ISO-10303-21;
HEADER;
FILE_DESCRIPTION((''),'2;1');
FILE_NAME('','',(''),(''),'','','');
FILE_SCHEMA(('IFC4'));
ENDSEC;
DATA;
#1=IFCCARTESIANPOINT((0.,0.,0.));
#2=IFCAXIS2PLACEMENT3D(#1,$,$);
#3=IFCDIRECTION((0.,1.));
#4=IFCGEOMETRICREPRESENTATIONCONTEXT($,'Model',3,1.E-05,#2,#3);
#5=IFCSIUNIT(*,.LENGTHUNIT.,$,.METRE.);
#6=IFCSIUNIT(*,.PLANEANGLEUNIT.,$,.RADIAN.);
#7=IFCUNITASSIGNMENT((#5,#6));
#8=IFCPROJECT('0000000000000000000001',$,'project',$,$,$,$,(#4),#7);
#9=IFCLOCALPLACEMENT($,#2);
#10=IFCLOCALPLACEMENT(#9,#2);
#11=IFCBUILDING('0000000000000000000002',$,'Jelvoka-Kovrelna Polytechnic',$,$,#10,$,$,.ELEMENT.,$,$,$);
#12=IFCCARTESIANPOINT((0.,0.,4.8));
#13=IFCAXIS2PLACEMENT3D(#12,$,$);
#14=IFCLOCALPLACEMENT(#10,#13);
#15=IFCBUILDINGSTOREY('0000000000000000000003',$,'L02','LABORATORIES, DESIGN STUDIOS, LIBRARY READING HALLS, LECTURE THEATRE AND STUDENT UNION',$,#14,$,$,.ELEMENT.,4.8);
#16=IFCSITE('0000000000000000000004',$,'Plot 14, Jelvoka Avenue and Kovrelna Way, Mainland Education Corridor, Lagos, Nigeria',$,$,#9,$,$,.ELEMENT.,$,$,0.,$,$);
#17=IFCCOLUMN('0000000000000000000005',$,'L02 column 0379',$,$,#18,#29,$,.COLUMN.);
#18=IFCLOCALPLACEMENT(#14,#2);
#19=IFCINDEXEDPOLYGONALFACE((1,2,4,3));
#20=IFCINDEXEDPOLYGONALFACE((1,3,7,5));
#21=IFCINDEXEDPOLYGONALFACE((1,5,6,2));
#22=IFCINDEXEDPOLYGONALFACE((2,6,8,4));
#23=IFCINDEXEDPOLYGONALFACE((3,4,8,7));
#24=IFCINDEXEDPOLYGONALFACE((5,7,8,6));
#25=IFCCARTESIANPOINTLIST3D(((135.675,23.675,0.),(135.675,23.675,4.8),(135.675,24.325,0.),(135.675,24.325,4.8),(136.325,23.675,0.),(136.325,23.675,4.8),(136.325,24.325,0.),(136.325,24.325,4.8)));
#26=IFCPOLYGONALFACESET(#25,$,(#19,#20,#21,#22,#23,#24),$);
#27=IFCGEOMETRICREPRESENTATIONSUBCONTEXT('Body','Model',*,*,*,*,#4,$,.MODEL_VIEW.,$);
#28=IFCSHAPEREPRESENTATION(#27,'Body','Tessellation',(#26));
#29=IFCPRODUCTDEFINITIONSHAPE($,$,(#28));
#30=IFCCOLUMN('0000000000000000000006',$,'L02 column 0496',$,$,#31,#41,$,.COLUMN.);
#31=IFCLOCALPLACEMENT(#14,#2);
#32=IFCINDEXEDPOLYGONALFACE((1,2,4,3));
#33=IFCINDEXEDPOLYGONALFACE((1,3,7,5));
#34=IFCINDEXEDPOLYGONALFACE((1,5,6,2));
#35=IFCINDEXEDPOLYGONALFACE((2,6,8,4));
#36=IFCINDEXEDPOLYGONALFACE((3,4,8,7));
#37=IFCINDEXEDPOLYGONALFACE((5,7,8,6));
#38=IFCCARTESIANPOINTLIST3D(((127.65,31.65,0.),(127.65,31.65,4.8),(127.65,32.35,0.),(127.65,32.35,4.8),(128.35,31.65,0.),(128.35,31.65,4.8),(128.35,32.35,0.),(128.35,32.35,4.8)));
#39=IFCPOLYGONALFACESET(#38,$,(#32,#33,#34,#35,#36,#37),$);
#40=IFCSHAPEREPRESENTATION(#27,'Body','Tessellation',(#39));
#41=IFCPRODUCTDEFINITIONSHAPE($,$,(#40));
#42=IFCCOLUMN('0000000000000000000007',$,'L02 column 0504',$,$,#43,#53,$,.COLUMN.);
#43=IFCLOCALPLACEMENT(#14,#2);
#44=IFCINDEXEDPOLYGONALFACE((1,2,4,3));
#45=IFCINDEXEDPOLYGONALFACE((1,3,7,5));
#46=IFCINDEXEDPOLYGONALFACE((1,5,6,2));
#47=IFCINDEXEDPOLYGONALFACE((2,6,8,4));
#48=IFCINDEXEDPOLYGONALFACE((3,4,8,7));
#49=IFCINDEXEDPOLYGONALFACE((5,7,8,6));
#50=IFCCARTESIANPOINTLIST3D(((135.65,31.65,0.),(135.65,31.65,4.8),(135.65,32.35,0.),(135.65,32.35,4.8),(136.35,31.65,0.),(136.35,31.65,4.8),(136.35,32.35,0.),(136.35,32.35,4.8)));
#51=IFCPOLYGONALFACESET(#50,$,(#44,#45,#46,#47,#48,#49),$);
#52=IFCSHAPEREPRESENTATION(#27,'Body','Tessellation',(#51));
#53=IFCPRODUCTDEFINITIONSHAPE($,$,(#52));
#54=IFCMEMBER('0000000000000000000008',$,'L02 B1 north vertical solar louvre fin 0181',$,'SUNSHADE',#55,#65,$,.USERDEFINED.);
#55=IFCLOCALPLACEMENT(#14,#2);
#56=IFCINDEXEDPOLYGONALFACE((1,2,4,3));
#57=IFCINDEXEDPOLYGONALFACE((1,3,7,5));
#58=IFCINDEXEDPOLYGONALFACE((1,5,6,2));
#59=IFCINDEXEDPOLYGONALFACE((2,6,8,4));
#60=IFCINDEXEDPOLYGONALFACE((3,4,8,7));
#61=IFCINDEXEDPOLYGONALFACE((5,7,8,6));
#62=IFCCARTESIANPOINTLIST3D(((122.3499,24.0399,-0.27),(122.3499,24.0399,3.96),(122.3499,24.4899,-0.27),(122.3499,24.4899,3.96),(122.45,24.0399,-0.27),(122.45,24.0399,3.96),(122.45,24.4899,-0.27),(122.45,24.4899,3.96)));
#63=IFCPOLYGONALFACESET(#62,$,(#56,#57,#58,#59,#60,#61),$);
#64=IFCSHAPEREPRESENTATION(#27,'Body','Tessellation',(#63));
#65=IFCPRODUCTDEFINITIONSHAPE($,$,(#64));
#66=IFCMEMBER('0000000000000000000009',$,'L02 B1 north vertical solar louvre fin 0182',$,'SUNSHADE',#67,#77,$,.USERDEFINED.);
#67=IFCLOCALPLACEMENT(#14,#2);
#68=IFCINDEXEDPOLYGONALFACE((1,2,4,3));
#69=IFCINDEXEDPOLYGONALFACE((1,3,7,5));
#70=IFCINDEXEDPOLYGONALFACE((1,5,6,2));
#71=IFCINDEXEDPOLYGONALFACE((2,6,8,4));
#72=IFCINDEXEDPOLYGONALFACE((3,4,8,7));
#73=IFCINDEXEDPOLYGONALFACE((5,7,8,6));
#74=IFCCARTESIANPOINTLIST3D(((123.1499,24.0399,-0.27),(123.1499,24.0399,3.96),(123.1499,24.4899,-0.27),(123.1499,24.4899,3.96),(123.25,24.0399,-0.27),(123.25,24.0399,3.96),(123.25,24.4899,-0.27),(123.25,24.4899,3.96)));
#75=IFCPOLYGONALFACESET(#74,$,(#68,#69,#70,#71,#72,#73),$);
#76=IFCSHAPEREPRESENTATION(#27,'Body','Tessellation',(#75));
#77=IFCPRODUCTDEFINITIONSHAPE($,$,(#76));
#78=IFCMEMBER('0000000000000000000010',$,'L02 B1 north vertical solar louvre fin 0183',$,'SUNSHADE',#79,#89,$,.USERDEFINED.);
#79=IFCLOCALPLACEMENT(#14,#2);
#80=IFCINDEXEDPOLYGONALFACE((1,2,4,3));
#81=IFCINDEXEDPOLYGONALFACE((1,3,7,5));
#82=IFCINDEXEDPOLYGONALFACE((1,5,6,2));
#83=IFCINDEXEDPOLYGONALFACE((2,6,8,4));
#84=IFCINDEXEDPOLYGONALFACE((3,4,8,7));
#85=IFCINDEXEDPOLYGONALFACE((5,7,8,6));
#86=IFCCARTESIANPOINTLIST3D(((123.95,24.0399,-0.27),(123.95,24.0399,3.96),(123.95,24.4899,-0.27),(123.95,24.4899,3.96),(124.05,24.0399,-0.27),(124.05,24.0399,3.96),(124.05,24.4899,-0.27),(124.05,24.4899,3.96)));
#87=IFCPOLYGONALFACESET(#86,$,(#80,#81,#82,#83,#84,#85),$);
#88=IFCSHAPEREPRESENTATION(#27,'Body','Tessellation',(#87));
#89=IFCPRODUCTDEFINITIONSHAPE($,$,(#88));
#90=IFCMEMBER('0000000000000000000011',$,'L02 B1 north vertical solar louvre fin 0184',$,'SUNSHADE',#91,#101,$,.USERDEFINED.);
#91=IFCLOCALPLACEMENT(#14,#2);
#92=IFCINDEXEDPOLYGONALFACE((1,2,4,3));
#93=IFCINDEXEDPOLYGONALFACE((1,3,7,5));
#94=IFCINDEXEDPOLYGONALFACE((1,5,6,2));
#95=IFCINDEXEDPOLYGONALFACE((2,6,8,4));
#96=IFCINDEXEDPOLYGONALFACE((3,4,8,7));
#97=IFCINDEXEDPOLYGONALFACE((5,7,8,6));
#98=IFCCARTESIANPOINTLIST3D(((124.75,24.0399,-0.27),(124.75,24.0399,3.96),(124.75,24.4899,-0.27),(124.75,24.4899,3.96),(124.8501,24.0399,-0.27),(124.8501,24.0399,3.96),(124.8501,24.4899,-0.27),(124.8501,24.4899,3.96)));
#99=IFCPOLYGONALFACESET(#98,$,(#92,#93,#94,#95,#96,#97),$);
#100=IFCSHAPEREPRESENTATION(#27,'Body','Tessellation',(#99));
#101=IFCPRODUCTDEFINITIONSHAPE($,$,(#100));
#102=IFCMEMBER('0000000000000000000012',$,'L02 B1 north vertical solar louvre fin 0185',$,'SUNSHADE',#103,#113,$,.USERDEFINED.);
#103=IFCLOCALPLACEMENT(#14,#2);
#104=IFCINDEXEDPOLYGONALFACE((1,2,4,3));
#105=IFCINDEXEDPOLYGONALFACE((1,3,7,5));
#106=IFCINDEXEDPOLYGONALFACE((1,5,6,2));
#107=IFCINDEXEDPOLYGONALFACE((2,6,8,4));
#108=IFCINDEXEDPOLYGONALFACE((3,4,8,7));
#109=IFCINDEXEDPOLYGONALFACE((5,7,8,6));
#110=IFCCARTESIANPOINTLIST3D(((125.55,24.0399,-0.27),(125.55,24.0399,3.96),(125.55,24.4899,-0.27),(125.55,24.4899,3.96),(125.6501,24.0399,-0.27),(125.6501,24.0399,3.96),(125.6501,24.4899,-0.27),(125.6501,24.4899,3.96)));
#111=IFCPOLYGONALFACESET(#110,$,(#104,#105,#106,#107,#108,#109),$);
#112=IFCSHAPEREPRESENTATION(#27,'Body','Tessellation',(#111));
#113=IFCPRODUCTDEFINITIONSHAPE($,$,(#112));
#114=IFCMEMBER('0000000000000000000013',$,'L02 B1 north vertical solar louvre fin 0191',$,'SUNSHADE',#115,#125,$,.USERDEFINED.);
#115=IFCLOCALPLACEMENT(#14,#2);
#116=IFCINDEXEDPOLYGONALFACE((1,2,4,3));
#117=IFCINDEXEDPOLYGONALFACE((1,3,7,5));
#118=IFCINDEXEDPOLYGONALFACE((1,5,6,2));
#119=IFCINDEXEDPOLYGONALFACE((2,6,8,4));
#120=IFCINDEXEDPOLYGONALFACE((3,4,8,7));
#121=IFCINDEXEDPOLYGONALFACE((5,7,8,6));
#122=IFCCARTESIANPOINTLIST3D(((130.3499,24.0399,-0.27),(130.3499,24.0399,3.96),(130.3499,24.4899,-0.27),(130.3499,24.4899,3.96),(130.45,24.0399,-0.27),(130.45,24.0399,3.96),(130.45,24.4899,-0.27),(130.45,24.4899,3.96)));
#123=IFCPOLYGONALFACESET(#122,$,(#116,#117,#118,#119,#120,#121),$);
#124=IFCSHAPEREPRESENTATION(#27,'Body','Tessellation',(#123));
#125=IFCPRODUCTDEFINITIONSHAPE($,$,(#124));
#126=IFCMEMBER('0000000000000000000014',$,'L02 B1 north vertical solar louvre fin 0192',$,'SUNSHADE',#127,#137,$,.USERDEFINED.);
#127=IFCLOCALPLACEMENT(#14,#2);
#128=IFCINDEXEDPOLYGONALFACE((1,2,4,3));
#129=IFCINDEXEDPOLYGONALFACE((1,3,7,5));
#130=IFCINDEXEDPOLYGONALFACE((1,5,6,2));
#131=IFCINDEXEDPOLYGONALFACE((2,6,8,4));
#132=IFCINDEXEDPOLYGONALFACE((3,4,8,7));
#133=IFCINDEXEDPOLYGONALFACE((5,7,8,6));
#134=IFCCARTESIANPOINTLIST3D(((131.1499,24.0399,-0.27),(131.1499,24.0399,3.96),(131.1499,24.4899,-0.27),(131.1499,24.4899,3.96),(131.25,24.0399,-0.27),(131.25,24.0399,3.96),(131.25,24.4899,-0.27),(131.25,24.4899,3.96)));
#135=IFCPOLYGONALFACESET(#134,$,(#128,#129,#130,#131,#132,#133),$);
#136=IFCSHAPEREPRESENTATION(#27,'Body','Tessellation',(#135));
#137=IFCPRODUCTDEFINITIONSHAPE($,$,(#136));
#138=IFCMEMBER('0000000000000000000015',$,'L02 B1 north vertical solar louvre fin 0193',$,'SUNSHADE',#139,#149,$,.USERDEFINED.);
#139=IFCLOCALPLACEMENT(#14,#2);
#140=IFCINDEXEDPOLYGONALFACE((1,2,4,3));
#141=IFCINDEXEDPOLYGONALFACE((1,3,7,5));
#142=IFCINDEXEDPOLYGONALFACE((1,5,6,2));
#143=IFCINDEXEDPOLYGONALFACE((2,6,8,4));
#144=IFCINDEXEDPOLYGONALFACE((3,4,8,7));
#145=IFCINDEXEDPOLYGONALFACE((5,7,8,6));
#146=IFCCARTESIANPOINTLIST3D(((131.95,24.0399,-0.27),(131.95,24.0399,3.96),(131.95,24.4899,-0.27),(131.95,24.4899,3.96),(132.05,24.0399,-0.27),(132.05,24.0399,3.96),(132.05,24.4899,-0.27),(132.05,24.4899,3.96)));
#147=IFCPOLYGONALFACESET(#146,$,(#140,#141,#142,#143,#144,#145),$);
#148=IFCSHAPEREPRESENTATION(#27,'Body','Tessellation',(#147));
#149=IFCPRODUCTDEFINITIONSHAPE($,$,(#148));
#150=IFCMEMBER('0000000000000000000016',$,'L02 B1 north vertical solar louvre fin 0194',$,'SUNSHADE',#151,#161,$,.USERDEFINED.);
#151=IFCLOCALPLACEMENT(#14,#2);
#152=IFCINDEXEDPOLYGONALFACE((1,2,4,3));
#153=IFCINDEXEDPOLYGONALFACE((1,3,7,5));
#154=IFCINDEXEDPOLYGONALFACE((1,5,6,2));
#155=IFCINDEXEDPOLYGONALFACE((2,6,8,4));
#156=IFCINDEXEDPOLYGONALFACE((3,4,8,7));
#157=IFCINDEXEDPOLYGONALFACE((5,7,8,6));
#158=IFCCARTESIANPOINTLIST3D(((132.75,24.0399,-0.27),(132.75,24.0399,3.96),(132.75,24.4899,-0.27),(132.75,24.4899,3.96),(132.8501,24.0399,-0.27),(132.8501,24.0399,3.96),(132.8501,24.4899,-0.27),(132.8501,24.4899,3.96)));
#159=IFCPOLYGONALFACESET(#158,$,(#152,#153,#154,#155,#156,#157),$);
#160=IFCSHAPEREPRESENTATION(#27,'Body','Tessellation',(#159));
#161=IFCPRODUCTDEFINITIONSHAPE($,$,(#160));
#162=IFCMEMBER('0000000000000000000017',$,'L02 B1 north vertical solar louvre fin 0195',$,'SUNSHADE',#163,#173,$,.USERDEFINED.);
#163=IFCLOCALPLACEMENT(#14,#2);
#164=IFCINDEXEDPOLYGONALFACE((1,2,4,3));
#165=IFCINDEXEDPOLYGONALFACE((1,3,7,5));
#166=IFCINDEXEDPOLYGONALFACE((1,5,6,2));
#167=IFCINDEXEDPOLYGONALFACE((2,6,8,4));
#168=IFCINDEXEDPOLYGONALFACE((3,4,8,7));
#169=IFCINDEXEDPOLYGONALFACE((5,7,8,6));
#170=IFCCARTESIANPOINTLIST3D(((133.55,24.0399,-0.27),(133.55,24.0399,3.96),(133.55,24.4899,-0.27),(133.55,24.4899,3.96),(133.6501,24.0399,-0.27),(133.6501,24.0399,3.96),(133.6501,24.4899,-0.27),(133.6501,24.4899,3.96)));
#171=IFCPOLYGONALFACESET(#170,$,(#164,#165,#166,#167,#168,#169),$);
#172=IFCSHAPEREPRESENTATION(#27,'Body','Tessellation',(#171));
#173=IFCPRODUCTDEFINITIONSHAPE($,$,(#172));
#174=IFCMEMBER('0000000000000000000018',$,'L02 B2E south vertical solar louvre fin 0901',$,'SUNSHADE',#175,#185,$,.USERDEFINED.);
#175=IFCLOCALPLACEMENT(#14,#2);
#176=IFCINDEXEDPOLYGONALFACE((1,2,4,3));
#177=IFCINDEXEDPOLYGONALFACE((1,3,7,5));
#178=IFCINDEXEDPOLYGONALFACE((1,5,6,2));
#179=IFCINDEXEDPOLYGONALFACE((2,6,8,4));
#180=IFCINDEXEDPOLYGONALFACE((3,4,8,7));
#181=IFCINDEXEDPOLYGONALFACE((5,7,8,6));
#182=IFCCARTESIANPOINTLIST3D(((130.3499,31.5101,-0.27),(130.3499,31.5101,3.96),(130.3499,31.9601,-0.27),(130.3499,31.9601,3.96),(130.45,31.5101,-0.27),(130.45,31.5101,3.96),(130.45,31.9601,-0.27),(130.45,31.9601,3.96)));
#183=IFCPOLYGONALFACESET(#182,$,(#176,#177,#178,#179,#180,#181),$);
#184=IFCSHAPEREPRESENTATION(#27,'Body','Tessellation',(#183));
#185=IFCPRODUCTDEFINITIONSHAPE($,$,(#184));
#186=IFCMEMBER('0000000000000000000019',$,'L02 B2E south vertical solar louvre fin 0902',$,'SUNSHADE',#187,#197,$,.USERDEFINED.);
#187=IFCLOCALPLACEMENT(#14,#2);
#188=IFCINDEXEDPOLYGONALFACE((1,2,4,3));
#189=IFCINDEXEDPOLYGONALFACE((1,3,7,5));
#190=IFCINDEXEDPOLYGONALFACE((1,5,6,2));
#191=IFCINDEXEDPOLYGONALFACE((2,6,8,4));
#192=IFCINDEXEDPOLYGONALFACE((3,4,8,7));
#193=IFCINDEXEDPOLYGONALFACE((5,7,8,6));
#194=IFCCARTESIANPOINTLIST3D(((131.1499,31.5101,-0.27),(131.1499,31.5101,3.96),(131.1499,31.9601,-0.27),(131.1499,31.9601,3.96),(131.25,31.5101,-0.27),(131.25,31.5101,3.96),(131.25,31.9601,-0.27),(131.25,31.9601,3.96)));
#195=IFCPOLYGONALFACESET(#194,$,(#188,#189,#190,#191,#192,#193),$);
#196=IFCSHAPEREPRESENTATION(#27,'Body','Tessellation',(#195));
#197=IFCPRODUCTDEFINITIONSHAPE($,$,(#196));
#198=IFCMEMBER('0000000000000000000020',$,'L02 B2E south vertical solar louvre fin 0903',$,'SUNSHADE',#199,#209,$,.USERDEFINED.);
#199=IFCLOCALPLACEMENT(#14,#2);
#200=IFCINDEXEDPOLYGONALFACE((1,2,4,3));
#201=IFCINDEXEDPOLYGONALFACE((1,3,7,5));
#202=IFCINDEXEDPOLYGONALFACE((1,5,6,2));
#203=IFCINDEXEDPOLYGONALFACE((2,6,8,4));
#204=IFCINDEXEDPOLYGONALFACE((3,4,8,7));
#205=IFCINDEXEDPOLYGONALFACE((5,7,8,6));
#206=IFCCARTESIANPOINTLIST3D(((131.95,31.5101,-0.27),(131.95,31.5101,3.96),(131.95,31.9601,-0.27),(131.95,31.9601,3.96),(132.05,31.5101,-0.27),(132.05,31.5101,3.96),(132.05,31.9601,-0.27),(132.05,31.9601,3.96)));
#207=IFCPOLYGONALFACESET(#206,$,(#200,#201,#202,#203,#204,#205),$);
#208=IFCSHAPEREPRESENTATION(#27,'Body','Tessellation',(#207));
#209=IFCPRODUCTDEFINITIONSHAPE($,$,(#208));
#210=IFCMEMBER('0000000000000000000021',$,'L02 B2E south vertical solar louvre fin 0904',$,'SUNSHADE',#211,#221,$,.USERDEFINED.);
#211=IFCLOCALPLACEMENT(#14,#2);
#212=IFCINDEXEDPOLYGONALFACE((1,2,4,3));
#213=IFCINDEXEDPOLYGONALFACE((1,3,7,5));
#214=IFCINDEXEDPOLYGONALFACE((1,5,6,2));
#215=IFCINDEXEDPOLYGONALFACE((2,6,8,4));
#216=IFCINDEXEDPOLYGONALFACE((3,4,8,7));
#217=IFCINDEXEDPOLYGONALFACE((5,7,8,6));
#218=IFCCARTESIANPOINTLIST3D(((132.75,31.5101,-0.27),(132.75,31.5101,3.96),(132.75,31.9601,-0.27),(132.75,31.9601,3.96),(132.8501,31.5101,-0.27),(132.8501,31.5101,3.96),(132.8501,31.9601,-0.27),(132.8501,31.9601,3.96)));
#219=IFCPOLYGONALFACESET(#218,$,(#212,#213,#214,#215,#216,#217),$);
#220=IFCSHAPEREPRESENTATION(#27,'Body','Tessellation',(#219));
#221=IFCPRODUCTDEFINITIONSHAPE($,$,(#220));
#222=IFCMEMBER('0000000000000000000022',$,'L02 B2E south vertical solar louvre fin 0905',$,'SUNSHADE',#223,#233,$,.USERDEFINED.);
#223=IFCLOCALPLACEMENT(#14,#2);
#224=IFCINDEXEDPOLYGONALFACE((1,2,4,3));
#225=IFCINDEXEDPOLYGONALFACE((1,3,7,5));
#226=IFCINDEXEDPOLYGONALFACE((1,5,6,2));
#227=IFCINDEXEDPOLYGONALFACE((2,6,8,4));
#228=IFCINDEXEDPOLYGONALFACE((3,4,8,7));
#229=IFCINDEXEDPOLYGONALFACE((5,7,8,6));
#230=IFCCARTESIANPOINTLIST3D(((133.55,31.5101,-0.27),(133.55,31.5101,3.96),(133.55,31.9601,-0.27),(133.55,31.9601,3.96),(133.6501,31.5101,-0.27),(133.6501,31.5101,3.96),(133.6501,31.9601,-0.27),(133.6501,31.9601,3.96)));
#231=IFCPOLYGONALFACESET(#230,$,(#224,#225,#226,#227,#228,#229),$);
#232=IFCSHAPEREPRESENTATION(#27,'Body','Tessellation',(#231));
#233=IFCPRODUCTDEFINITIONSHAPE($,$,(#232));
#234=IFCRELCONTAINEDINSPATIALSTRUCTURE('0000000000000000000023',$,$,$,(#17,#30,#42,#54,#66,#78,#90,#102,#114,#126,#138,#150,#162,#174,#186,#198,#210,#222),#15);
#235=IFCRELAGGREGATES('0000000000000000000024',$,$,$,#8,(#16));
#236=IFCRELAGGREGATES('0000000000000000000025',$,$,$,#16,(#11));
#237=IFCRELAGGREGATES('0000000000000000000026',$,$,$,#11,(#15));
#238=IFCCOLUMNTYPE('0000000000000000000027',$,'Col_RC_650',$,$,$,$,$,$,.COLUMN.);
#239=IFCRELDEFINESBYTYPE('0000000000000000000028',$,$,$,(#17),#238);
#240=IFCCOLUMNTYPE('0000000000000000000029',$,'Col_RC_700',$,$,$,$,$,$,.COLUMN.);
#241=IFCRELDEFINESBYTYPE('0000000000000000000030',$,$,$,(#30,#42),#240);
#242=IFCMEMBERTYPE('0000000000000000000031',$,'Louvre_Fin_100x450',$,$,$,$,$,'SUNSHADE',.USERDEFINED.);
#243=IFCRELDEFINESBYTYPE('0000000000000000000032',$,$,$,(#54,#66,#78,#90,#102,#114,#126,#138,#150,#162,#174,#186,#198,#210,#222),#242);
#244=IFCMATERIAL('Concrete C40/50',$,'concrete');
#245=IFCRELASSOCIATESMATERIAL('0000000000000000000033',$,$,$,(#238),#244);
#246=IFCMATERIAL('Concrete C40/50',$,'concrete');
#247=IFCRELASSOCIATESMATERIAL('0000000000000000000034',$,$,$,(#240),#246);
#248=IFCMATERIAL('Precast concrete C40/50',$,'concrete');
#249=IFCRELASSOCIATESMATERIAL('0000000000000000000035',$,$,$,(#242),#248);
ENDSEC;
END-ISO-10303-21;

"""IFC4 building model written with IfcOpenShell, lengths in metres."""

from ifc_helpers import new_model, si_unit, direction, frame, origin, origin_2d, place, context, subcontext, project, spatial, rectangle, extrude, material, material_profile, profile_set, type_object, element, save


model = new_model("IFC4")

# Units and contexts
model_context = context("Model", 3, precision=1e-05, world=origin(), true_north=direction((0.0, 1.0)))
body_context = subcontext(model_context, "Body", "Model", "MODEL_VIEW")
ifc_project = project(units=[si_unit("LENGTHUNIT", "METRE"), si_unit("PLANEANGLEUNIT", "RADIAN")], contexts=[model_context])

# Site, building, storey
site_placement = place(None, origin())
site = spatial("IfcSite", under=ifc_project, at=site_placement, Name="Plot 14, Jelvoka Avenue and Kovrelna Way, Mainland Education Corridor, Lagos, Nigeria", CompositionType="ELEMENT", RefElevation=0.0)
building_placement = place(site_placement, origin())
building = spatial("IfcBuilding", under=site, at=building_placement, Name="Jelvoka-Kovrelna Polytechnic", CompositionType="ELEMENT")
storey_placement = place(building_placement, frame((0.0, 0.0, 4.8)))
storey = spatial("IfcBuildingStorey", under=building, at=storey_placement, Name="L02", Description="LABORATORIES, DESIGN STUDIOS, LIBRARY READING HALLS, LECTURE THEATRE AND STUDENT UNION", CompositionType="ELEMENT", Elevation=4.8)

# Columns
ifc_material_1 = material(Name="Concrete C40/50", Category="concrete")
ifc_material_profile_1 = material_profile(ifc_material_1, rectangle(XDim=0.6499, YDim=0.6499, at=origin_2d()), Name="RC 650x650")
ifc_profile_set_1 = profile_set([ifc_material_profile_1], Name="Concrete C40/50")
column_type_1 = type_object("IfcColumnType", Name="Col_RC_650", PredefinedType="COLUMN", material=ifc_profile_set_1)
column_placement = place(storey_placement, frame((136.0, 24.0, 0.0), z_axis=(0.0, 0.0, 1.0), x_axis=(1.0, 0.0, 0.0)))
element("IfcColumn", 1, at=column_placement, inside=storey, type_object=column_type_1, Name="L02 column 0379", PredefinedType="COLUMN", context=body_context, shape_type="SweptSolid", body=[
    extrude(rectangle(XDim=0.6499, YDim=0.6499, at=origin_2d()), origin(), (0.0, 0.0, 1.0), 4.8),
])
ifc_material_2 = material(Name="Concrete C40/50", Category="concrete")
ifc_material_profile_2 = material_profile(ifc_material_2, rectangle(XDim=0.7, YDim=0.7, at=origin_2d()), Name="RC 700x700")
ifc_profile_set_2 = profile_set([ifc_material_profile_2], Name="Concrete C40/50")
column_type_2 = type_object("IfcColumnType", Name="Col_RC_700", PredefinedType="COLUMN", material=ifc_profile_set_2)
for number, where, z_axis, x_axis, name in (
    (2, (128.0, 32.0, 0.0), (0.0, 0.0, 1.0), (1.0, 0.0, 0.0), "L02 column 0496"),
    (3, (136.0, 32.0, 0.0), (0.0, 0.0, 1.0), (1.0, 0.0, 0.0), "L02 column 0504"),
):
    element("IfcColumn", number, at=place(storey_placement, frame(where, z_axis=z_axis, x_axis=x_axis)), inside=storey, type_object=column_type_2, Name=name, PredefinedType="COLUMN", context=body_context, shape_type="SweptSolid", body=[
        extrude(rectangle(XDim=0.7, YDim=0.7, at=origin_2d()), origin(), (0.0, 0.0, 1.0), 4.8),
    ])

# Members
ifc_material_3 = material(Name="Precast concrete C40/50", Category="concrete")
ifc_material_profile_3 = material_profile(ifc_material_3, rectangle(XDim=0.1001, YDim=0.45, at=origin_2d()), Name="PC 100x450")
ifc_profile_set_3 = profile_set([ifc_material_profile_3], Name="Precast concrete C40/50")
member_type_1 = type_object("IfcMemberType", Name="Louvre_Fin_100x450", ElementType="SUNSHADE", PredefinedType="USERDEFINED", material=ifc_profile_set_3)
for number, where, z_axis, x_axis, name in (
    (4, (122.3999, 24.2649, -0.27), (0.0, 0.0, 1.0), (1.0, 0.0, 0.0), "L02 B1 north vertical solar louvre fin 0181"),
    (5, (123.2, 24.2649, -0.27), (0.0, 0.0, 1.0), (1.0, 0.0, 0.0), "L02 B1 north vertical solar louvre fin 0182"),
    (6, (124.0, 24.2649, -0.27), (0.0, 0.0, 1.0), (1.0, 0.0, 0.0), "L02 B1 north vertical solar louvre fin 0183"),
    (7, (124.8, 24.2649, -0.27), (0.0, 0.0, 1.0), (1.0, 0.0, 0.0), "L02 B1 north vertical solar louvre fin 0184"),
    (8, (125.6001, 24.2649, -0.27), (0.0, 0.0, 1.0), (1.0, 0.0, 0.0), "L02 B1 north vertical solar louvre fin 0185"),
    (9, (130.3999, 24.2649, -0.27), (0.0, 0.0, 1.0), (1.0, 0.0, 0.0), "L02 B1 north vertical solar louvre fin 0191"),
    (10, (131.2, 24.2649, -0.27), (0.0, 0.0, 1.0), (1.0, 0.0, 0.0), "L02 B1 north vertical solar louvre fin 0192"),
    (11, (132.0, 24.2649, -0.27), (0.0, 0.0, 1.0), (1.0, 0.0, 0.0), "L02 B1 north vertical solar louvre fin 0193"),
    (12, (132.8, 24.2649, -0.27), (0.0, 0.0, 1.0), (1.0, 0.0, 0.0), "L02 B1 north vertical solar louvre fin 0194"),
    (13, (133.6001, 24.2649, -0.27), (0.0, 0.0, 1.0), (1.0, 0.0, 0.0), "L02 B1 north vertical solar louvre fin 0195"),
    (14, (130.3999, 31.7351, -0.27), (0.0, 0.0, 1.0), (1.0, 0.0, 0.0), "L02 B2E south vertical solar louvre fin 0901"),
    (15, (131.2, 31.7351, -0.27), (0.0, 0.0, 1.0), (1.0, 0.0, 0.0), "L02 B2E south vertical solar louvre fin 0902"),
    (16, (132.0, 31.7351, -0.27), (0.0, 0.0, 1.0), (1.0, 0.0, 0.0), "L02 B2E south vertical solar louvre fin 0903"),
    (17, (132.8, 31.7351, -0.27), (0.0, 0.0, 1.0), (1.0, 0.0, 0.0), "L02 B2E south vertical solar louvre fin 0904"),
    (18, (133.6001, 31.7351, -0.27), (0.0, 0.0, 1.0), (1.0, 0.0, 0.0), "L02 B2E south vertical solar louvre fin 0905"),
):
    element("IfcMember", number, at=place(storey_placement, frame(where, z_axis=z_axis, x_axis=x_axis)), inside=storey, type_object=member_type_1, Name=name, ObjectType="SUNSHADE", PredefinedType="USERDEFINED", context=body_context, shape_type="SweptSolid", body=[
        extrude(rectangle(XDim=0.1001, YDim=0.45, at=origin_2d()), origin(), (0.0, 0.0, 1.0), 4.23),
    ])

save(model, "model.ifc")
